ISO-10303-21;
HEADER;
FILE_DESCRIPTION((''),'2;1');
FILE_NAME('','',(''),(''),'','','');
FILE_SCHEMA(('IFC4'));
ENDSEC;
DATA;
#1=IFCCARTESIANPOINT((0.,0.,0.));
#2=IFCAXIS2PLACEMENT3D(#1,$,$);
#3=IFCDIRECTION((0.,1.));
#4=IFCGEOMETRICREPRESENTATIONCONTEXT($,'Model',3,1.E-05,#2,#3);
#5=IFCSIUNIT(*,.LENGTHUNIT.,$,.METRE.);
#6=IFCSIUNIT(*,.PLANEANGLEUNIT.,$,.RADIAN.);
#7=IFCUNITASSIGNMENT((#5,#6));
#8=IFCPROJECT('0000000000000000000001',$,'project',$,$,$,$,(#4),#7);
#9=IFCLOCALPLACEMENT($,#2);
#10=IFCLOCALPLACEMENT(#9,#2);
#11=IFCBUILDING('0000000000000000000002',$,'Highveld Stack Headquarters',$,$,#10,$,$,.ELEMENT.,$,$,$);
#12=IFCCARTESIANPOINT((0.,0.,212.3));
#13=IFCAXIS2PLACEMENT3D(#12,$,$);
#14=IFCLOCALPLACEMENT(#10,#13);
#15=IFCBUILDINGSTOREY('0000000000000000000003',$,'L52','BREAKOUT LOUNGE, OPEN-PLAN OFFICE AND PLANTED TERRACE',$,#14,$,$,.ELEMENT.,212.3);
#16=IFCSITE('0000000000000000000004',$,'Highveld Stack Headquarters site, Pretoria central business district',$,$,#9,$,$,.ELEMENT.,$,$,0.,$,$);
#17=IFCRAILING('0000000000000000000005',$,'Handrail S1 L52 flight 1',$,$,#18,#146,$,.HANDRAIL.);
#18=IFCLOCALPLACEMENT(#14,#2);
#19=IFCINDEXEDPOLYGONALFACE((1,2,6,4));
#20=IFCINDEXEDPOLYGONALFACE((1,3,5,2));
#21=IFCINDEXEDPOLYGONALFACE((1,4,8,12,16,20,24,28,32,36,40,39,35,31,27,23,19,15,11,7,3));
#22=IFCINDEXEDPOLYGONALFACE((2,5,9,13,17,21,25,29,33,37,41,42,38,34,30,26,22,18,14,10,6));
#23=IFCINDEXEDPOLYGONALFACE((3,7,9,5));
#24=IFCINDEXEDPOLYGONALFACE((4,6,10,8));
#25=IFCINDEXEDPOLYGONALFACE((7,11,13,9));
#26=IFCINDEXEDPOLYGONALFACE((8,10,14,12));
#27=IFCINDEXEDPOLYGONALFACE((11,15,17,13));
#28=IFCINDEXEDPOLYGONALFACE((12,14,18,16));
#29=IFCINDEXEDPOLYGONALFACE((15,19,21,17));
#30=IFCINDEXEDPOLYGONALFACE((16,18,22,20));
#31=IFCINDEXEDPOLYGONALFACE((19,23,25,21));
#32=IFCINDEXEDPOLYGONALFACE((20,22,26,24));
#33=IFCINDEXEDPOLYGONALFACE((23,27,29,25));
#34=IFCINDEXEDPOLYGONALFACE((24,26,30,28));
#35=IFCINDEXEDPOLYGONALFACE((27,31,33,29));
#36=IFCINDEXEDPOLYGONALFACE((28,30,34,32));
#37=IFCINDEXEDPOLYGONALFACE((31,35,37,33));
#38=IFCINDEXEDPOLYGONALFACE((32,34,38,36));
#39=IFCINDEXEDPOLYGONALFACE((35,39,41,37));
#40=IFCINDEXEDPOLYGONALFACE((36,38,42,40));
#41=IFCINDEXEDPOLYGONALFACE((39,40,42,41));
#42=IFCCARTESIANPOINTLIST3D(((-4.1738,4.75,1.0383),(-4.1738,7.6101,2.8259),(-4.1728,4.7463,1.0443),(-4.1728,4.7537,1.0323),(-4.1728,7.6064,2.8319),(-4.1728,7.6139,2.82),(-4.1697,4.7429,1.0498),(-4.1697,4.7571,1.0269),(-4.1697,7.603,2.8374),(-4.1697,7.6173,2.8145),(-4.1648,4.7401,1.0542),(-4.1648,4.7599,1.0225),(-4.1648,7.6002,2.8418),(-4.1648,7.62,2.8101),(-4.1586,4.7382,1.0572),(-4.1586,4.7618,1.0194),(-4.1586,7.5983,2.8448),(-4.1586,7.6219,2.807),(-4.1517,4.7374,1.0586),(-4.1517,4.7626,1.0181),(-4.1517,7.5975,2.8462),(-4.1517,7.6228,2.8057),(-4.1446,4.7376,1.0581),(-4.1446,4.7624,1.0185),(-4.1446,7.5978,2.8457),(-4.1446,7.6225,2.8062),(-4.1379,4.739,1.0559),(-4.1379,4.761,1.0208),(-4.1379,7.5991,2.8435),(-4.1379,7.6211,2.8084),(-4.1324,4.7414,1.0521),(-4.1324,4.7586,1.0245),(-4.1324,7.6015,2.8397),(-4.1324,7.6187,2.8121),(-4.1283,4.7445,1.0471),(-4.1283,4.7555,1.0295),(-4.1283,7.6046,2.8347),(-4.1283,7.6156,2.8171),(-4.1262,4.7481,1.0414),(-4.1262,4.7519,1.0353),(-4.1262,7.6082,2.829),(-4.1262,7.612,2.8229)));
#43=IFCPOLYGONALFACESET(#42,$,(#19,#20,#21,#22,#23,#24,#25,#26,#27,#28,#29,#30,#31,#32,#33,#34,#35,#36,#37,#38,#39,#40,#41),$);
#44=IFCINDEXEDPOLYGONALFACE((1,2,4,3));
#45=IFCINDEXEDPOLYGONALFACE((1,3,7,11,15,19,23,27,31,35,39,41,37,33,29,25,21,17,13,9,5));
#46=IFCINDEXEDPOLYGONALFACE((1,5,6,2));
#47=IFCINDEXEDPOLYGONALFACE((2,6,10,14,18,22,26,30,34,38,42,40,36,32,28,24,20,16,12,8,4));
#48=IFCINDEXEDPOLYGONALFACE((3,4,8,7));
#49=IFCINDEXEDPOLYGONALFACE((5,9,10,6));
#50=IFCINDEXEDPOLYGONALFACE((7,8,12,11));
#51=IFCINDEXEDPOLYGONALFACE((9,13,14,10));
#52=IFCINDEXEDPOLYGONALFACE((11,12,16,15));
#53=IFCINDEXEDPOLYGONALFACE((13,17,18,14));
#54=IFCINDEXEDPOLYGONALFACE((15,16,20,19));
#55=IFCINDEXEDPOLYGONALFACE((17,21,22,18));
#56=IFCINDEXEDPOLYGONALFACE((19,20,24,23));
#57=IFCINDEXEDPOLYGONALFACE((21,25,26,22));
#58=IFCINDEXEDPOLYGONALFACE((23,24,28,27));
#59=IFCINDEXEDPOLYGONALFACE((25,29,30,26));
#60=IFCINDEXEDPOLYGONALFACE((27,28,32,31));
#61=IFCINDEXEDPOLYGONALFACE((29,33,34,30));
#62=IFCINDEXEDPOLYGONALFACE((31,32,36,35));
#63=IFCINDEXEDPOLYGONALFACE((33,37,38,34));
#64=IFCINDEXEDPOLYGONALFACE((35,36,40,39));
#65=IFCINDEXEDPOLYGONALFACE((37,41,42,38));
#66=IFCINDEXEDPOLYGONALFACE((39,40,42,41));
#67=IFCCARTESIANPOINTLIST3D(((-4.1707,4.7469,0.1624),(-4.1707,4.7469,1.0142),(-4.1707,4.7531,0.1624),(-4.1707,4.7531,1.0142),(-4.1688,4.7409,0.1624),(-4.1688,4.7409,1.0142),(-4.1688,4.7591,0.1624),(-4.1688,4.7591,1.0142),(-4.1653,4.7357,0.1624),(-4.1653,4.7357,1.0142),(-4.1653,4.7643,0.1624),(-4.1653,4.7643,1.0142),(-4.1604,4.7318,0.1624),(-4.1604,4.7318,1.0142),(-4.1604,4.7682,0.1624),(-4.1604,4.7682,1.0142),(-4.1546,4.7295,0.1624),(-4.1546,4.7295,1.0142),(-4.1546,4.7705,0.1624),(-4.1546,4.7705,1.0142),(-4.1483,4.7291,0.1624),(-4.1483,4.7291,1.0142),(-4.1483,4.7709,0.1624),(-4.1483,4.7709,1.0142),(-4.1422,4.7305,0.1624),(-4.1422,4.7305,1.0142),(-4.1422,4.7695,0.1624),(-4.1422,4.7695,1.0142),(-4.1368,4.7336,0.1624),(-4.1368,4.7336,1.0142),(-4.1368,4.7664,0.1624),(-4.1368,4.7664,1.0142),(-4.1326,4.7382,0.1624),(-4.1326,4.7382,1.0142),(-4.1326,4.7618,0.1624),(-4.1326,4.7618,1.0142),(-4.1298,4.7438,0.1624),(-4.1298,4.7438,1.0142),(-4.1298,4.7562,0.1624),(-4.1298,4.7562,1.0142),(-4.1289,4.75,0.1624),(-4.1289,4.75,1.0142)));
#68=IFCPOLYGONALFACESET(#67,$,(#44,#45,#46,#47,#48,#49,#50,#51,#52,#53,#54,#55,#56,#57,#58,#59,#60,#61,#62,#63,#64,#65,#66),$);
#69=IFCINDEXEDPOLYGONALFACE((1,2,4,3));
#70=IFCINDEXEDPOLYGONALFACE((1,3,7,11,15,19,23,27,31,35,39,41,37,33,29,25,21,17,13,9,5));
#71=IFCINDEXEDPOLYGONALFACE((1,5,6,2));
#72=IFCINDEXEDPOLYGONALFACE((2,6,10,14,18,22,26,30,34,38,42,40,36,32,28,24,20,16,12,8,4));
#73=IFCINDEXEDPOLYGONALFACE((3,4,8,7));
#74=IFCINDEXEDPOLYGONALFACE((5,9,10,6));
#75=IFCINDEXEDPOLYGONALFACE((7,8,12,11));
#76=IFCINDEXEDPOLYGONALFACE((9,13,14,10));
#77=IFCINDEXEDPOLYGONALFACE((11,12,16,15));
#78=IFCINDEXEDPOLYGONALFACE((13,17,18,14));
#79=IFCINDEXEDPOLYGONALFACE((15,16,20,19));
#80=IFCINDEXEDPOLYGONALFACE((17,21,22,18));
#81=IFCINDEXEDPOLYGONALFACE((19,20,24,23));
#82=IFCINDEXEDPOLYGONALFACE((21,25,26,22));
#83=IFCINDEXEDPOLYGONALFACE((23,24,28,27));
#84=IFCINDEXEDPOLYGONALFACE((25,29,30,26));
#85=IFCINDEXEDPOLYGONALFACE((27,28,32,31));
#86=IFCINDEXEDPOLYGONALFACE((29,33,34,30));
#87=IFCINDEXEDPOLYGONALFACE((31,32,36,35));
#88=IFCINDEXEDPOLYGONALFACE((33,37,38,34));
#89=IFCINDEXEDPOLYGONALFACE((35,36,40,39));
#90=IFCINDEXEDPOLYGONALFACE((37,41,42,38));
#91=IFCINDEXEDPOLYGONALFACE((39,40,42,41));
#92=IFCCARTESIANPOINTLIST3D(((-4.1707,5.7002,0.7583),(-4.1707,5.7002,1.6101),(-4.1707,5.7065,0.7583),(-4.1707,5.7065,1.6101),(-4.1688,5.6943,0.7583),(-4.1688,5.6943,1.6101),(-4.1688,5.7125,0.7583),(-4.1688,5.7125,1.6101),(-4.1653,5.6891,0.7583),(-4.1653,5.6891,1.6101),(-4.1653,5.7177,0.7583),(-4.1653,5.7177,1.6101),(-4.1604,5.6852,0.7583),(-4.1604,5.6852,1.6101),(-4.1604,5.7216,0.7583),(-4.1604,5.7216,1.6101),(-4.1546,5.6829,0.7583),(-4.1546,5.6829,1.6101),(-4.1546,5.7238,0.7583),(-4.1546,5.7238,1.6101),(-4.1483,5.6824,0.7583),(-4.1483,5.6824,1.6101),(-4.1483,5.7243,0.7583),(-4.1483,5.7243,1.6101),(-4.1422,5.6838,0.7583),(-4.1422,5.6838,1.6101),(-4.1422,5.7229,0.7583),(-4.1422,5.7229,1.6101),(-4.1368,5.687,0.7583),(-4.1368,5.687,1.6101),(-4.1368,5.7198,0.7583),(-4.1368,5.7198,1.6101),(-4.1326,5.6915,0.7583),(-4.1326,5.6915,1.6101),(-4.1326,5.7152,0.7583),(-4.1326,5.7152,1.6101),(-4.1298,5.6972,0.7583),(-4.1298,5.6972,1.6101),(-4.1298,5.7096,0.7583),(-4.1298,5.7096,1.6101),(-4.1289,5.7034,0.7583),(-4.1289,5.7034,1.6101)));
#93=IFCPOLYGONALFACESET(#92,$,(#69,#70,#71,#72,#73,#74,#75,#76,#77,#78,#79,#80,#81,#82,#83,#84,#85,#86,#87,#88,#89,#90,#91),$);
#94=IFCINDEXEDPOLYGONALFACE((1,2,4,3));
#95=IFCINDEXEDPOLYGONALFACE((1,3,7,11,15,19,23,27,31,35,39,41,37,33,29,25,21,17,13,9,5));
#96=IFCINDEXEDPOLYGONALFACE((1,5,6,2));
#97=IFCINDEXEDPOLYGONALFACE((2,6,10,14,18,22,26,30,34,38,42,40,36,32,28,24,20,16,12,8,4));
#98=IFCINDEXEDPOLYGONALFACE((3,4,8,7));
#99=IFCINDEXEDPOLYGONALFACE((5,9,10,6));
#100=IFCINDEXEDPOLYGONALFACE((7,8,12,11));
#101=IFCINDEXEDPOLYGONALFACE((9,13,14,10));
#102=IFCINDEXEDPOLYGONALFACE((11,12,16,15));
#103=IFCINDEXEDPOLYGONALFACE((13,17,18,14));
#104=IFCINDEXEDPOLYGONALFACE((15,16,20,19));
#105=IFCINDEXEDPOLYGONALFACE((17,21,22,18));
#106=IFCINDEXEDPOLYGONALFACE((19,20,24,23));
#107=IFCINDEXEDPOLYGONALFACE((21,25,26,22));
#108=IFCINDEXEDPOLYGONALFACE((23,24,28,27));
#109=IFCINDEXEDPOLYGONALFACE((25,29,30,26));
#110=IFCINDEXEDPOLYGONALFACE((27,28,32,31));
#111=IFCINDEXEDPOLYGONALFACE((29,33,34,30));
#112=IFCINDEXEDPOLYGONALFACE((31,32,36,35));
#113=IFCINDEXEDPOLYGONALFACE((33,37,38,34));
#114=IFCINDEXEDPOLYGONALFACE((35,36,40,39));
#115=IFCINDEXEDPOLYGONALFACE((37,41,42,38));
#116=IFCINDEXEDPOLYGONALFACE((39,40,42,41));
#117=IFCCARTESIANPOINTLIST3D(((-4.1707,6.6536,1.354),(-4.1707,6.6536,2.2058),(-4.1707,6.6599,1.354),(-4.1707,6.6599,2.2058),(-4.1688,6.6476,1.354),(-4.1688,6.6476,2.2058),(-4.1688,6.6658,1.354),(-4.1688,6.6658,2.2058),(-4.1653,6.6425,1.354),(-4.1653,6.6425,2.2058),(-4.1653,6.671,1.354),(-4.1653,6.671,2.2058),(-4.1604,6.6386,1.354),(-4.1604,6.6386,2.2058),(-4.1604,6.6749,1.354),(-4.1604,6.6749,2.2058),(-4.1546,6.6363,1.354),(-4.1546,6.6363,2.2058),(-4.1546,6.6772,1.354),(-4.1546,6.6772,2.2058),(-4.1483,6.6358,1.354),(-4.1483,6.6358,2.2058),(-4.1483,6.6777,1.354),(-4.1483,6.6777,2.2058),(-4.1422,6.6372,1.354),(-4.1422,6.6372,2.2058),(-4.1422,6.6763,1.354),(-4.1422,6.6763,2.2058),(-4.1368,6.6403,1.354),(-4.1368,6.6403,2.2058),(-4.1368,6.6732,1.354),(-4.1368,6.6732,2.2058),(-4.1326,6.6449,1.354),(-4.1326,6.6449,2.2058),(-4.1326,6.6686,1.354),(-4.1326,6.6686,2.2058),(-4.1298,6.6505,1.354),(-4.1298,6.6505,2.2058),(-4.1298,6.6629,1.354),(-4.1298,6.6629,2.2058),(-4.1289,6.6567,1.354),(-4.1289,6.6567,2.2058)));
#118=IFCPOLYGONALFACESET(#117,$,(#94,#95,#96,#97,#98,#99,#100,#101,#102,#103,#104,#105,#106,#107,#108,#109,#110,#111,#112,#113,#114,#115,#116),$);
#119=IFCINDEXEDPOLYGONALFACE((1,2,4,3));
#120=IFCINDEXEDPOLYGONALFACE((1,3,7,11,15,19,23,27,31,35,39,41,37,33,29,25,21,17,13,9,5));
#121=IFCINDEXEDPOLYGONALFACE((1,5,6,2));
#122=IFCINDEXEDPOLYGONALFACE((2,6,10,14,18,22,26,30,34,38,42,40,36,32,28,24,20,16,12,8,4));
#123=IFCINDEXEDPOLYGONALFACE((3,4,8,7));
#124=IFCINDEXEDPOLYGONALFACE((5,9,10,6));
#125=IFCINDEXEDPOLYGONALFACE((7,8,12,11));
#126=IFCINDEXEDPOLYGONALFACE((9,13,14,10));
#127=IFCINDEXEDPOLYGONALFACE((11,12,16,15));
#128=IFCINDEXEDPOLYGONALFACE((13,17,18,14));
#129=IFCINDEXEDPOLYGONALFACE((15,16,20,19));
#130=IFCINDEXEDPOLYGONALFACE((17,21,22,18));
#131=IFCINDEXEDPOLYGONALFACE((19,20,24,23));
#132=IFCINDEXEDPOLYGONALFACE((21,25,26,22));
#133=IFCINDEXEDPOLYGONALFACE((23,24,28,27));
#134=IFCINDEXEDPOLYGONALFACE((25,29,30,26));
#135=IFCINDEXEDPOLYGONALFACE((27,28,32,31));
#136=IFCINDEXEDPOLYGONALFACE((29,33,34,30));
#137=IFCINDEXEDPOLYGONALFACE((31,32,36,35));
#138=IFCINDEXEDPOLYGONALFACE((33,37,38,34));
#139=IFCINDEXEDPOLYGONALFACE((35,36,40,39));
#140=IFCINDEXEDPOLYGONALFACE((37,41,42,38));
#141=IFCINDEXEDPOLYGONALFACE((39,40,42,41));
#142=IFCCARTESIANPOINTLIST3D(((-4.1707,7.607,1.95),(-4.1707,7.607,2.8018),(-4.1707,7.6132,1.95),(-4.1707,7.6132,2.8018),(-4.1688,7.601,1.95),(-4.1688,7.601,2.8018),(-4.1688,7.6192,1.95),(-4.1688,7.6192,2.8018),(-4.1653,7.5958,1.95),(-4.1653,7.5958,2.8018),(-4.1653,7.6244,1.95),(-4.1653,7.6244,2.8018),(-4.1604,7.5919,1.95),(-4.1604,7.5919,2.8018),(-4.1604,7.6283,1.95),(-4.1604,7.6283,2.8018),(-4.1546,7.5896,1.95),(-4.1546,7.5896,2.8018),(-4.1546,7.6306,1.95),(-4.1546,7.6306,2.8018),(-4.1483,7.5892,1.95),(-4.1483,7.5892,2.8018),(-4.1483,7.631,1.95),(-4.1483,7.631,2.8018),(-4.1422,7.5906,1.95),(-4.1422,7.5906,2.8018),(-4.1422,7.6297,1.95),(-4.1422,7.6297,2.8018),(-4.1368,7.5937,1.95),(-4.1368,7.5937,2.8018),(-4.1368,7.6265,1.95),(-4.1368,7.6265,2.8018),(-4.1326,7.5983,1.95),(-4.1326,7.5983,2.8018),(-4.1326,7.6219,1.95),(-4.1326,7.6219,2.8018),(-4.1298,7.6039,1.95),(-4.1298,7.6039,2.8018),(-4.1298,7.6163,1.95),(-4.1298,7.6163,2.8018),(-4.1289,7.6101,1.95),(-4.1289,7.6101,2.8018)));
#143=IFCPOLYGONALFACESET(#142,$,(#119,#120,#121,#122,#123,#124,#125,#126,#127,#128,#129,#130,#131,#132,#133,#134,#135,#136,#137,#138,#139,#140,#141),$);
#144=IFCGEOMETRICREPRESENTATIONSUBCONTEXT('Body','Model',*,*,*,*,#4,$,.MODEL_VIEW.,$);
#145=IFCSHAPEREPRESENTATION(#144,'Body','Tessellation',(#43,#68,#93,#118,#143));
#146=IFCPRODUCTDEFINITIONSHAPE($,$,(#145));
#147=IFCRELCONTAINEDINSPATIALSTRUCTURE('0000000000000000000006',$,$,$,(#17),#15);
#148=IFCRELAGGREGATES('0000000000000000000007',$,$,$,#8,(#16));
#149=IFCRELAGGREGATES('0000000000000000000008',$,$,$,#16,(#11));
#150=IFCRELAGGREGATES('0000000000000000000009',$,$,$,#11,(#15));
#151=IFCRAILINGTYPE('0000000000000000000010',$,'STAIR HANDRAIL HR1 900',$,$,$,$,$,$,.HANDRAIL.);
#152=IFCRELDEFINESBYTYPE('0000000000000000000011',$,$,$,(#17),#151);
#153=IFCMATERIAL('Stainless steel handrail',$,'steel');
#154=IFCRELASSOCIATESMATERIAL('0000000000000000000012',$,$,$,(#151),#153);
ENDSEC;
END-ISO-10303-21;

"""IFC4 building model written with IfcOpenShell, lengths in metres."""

from ifc_helpers import new_model, si_unit, direction, frame, origin, origin_2d, place, context, subcontext, project, spatial, circle, extrude, material, type_object, element, save


model = new_model("IFC4")

# Units and contexts
model_context = context("Model", 3, precision=1e-05, world=origin(), true_north=direction((0.0, 1.0)))
body_context = subcontext(model_context, "Body", "Model", "MODEL_VIEW")
ifc_project = project(units=[si_unit("LENGTHUNIT", "METRE"), si_unit("PLANEANGLEUNIT", "RADIAN")], contexts=[model_context])

# Site, building, storey
site_placement = place(None, origin())
site = spatial("IfcSite", under=ifc_project, at=site_placement, Name="Highveld Stack Headquarters site, Pretoria central business district", CompositionType="ELEMENT", RefElevation=0.0)
building_placement = place(site_placement, origin())
building = spatial("IfcBuilding", under=site, at=building_placement, Name="Highveld Stack Headquarters", CompositionType="ELEMENT")
storey_placement = place(building_placement, frame((0.0, 0.0, 212.3)))
storey = spatial("IfcBuildingStorey", under=building, at=storey_placement, Name="L52", Description="BREAKOUT LOUNGE, OPEN-PLAN OFFICE AND PLANTED TERRACE", CompositionType="ELEMENT", Elevation=212.3)

# Railing
ifc_material_1 = material(Name="Stainless steel handrail", Category="steel")
railing_type = type_object("IfcRailingType", Name="STAIR HANDRAIL HR1 900", PredefinedType="HANDRAIL", material=ifc_material_1)
for number, where, name in (
    (1, (-4.1499, 4.75, 0.1624), "Handrail S1 L52 flight 1"),
):
    element("IfcRailing", number, at=place(storey_placement, frame(where)), inside=storey, type_object=railing_type, Name=name, PredefinedType="HANDRAIL", context=body_context, shape_type="SweptSolid", body=[
        extrude(circle(Radius=0.0239, at=origin_2d()), frame((0.0, 0.0, 0.876), z_axis=(0.0, 0.847994, 0.530005), x_axis=(-1.0, 0.0, 0.0)), (0.0, 0.0, 1.0), 3.3728),
        extrude(circle(Radius=0.021, at=origin_2d()), origin(), (0.0, 0.0, 1.0), 0.8518),
        extrude(circle(Radius=0.021, at=origin_2d()), frame((0.0, 0.9534, 0.5959)), (0.0, 0.0, 1.0), 0.8518),
        extrude(circle(Radius=0.021, at=origin_2d()), frame((0.0, 1.9067, 1.1917)), (0.0, 0.0, 1.0), 0.8518),
        extrude(circle(Radius=0.021, at=origin_2d()), frame((0.0, 2.8601, 1.7876)), (0.0, 0.0, 1.0), 0.8518),
    ])

save(model, "model.ifc")
